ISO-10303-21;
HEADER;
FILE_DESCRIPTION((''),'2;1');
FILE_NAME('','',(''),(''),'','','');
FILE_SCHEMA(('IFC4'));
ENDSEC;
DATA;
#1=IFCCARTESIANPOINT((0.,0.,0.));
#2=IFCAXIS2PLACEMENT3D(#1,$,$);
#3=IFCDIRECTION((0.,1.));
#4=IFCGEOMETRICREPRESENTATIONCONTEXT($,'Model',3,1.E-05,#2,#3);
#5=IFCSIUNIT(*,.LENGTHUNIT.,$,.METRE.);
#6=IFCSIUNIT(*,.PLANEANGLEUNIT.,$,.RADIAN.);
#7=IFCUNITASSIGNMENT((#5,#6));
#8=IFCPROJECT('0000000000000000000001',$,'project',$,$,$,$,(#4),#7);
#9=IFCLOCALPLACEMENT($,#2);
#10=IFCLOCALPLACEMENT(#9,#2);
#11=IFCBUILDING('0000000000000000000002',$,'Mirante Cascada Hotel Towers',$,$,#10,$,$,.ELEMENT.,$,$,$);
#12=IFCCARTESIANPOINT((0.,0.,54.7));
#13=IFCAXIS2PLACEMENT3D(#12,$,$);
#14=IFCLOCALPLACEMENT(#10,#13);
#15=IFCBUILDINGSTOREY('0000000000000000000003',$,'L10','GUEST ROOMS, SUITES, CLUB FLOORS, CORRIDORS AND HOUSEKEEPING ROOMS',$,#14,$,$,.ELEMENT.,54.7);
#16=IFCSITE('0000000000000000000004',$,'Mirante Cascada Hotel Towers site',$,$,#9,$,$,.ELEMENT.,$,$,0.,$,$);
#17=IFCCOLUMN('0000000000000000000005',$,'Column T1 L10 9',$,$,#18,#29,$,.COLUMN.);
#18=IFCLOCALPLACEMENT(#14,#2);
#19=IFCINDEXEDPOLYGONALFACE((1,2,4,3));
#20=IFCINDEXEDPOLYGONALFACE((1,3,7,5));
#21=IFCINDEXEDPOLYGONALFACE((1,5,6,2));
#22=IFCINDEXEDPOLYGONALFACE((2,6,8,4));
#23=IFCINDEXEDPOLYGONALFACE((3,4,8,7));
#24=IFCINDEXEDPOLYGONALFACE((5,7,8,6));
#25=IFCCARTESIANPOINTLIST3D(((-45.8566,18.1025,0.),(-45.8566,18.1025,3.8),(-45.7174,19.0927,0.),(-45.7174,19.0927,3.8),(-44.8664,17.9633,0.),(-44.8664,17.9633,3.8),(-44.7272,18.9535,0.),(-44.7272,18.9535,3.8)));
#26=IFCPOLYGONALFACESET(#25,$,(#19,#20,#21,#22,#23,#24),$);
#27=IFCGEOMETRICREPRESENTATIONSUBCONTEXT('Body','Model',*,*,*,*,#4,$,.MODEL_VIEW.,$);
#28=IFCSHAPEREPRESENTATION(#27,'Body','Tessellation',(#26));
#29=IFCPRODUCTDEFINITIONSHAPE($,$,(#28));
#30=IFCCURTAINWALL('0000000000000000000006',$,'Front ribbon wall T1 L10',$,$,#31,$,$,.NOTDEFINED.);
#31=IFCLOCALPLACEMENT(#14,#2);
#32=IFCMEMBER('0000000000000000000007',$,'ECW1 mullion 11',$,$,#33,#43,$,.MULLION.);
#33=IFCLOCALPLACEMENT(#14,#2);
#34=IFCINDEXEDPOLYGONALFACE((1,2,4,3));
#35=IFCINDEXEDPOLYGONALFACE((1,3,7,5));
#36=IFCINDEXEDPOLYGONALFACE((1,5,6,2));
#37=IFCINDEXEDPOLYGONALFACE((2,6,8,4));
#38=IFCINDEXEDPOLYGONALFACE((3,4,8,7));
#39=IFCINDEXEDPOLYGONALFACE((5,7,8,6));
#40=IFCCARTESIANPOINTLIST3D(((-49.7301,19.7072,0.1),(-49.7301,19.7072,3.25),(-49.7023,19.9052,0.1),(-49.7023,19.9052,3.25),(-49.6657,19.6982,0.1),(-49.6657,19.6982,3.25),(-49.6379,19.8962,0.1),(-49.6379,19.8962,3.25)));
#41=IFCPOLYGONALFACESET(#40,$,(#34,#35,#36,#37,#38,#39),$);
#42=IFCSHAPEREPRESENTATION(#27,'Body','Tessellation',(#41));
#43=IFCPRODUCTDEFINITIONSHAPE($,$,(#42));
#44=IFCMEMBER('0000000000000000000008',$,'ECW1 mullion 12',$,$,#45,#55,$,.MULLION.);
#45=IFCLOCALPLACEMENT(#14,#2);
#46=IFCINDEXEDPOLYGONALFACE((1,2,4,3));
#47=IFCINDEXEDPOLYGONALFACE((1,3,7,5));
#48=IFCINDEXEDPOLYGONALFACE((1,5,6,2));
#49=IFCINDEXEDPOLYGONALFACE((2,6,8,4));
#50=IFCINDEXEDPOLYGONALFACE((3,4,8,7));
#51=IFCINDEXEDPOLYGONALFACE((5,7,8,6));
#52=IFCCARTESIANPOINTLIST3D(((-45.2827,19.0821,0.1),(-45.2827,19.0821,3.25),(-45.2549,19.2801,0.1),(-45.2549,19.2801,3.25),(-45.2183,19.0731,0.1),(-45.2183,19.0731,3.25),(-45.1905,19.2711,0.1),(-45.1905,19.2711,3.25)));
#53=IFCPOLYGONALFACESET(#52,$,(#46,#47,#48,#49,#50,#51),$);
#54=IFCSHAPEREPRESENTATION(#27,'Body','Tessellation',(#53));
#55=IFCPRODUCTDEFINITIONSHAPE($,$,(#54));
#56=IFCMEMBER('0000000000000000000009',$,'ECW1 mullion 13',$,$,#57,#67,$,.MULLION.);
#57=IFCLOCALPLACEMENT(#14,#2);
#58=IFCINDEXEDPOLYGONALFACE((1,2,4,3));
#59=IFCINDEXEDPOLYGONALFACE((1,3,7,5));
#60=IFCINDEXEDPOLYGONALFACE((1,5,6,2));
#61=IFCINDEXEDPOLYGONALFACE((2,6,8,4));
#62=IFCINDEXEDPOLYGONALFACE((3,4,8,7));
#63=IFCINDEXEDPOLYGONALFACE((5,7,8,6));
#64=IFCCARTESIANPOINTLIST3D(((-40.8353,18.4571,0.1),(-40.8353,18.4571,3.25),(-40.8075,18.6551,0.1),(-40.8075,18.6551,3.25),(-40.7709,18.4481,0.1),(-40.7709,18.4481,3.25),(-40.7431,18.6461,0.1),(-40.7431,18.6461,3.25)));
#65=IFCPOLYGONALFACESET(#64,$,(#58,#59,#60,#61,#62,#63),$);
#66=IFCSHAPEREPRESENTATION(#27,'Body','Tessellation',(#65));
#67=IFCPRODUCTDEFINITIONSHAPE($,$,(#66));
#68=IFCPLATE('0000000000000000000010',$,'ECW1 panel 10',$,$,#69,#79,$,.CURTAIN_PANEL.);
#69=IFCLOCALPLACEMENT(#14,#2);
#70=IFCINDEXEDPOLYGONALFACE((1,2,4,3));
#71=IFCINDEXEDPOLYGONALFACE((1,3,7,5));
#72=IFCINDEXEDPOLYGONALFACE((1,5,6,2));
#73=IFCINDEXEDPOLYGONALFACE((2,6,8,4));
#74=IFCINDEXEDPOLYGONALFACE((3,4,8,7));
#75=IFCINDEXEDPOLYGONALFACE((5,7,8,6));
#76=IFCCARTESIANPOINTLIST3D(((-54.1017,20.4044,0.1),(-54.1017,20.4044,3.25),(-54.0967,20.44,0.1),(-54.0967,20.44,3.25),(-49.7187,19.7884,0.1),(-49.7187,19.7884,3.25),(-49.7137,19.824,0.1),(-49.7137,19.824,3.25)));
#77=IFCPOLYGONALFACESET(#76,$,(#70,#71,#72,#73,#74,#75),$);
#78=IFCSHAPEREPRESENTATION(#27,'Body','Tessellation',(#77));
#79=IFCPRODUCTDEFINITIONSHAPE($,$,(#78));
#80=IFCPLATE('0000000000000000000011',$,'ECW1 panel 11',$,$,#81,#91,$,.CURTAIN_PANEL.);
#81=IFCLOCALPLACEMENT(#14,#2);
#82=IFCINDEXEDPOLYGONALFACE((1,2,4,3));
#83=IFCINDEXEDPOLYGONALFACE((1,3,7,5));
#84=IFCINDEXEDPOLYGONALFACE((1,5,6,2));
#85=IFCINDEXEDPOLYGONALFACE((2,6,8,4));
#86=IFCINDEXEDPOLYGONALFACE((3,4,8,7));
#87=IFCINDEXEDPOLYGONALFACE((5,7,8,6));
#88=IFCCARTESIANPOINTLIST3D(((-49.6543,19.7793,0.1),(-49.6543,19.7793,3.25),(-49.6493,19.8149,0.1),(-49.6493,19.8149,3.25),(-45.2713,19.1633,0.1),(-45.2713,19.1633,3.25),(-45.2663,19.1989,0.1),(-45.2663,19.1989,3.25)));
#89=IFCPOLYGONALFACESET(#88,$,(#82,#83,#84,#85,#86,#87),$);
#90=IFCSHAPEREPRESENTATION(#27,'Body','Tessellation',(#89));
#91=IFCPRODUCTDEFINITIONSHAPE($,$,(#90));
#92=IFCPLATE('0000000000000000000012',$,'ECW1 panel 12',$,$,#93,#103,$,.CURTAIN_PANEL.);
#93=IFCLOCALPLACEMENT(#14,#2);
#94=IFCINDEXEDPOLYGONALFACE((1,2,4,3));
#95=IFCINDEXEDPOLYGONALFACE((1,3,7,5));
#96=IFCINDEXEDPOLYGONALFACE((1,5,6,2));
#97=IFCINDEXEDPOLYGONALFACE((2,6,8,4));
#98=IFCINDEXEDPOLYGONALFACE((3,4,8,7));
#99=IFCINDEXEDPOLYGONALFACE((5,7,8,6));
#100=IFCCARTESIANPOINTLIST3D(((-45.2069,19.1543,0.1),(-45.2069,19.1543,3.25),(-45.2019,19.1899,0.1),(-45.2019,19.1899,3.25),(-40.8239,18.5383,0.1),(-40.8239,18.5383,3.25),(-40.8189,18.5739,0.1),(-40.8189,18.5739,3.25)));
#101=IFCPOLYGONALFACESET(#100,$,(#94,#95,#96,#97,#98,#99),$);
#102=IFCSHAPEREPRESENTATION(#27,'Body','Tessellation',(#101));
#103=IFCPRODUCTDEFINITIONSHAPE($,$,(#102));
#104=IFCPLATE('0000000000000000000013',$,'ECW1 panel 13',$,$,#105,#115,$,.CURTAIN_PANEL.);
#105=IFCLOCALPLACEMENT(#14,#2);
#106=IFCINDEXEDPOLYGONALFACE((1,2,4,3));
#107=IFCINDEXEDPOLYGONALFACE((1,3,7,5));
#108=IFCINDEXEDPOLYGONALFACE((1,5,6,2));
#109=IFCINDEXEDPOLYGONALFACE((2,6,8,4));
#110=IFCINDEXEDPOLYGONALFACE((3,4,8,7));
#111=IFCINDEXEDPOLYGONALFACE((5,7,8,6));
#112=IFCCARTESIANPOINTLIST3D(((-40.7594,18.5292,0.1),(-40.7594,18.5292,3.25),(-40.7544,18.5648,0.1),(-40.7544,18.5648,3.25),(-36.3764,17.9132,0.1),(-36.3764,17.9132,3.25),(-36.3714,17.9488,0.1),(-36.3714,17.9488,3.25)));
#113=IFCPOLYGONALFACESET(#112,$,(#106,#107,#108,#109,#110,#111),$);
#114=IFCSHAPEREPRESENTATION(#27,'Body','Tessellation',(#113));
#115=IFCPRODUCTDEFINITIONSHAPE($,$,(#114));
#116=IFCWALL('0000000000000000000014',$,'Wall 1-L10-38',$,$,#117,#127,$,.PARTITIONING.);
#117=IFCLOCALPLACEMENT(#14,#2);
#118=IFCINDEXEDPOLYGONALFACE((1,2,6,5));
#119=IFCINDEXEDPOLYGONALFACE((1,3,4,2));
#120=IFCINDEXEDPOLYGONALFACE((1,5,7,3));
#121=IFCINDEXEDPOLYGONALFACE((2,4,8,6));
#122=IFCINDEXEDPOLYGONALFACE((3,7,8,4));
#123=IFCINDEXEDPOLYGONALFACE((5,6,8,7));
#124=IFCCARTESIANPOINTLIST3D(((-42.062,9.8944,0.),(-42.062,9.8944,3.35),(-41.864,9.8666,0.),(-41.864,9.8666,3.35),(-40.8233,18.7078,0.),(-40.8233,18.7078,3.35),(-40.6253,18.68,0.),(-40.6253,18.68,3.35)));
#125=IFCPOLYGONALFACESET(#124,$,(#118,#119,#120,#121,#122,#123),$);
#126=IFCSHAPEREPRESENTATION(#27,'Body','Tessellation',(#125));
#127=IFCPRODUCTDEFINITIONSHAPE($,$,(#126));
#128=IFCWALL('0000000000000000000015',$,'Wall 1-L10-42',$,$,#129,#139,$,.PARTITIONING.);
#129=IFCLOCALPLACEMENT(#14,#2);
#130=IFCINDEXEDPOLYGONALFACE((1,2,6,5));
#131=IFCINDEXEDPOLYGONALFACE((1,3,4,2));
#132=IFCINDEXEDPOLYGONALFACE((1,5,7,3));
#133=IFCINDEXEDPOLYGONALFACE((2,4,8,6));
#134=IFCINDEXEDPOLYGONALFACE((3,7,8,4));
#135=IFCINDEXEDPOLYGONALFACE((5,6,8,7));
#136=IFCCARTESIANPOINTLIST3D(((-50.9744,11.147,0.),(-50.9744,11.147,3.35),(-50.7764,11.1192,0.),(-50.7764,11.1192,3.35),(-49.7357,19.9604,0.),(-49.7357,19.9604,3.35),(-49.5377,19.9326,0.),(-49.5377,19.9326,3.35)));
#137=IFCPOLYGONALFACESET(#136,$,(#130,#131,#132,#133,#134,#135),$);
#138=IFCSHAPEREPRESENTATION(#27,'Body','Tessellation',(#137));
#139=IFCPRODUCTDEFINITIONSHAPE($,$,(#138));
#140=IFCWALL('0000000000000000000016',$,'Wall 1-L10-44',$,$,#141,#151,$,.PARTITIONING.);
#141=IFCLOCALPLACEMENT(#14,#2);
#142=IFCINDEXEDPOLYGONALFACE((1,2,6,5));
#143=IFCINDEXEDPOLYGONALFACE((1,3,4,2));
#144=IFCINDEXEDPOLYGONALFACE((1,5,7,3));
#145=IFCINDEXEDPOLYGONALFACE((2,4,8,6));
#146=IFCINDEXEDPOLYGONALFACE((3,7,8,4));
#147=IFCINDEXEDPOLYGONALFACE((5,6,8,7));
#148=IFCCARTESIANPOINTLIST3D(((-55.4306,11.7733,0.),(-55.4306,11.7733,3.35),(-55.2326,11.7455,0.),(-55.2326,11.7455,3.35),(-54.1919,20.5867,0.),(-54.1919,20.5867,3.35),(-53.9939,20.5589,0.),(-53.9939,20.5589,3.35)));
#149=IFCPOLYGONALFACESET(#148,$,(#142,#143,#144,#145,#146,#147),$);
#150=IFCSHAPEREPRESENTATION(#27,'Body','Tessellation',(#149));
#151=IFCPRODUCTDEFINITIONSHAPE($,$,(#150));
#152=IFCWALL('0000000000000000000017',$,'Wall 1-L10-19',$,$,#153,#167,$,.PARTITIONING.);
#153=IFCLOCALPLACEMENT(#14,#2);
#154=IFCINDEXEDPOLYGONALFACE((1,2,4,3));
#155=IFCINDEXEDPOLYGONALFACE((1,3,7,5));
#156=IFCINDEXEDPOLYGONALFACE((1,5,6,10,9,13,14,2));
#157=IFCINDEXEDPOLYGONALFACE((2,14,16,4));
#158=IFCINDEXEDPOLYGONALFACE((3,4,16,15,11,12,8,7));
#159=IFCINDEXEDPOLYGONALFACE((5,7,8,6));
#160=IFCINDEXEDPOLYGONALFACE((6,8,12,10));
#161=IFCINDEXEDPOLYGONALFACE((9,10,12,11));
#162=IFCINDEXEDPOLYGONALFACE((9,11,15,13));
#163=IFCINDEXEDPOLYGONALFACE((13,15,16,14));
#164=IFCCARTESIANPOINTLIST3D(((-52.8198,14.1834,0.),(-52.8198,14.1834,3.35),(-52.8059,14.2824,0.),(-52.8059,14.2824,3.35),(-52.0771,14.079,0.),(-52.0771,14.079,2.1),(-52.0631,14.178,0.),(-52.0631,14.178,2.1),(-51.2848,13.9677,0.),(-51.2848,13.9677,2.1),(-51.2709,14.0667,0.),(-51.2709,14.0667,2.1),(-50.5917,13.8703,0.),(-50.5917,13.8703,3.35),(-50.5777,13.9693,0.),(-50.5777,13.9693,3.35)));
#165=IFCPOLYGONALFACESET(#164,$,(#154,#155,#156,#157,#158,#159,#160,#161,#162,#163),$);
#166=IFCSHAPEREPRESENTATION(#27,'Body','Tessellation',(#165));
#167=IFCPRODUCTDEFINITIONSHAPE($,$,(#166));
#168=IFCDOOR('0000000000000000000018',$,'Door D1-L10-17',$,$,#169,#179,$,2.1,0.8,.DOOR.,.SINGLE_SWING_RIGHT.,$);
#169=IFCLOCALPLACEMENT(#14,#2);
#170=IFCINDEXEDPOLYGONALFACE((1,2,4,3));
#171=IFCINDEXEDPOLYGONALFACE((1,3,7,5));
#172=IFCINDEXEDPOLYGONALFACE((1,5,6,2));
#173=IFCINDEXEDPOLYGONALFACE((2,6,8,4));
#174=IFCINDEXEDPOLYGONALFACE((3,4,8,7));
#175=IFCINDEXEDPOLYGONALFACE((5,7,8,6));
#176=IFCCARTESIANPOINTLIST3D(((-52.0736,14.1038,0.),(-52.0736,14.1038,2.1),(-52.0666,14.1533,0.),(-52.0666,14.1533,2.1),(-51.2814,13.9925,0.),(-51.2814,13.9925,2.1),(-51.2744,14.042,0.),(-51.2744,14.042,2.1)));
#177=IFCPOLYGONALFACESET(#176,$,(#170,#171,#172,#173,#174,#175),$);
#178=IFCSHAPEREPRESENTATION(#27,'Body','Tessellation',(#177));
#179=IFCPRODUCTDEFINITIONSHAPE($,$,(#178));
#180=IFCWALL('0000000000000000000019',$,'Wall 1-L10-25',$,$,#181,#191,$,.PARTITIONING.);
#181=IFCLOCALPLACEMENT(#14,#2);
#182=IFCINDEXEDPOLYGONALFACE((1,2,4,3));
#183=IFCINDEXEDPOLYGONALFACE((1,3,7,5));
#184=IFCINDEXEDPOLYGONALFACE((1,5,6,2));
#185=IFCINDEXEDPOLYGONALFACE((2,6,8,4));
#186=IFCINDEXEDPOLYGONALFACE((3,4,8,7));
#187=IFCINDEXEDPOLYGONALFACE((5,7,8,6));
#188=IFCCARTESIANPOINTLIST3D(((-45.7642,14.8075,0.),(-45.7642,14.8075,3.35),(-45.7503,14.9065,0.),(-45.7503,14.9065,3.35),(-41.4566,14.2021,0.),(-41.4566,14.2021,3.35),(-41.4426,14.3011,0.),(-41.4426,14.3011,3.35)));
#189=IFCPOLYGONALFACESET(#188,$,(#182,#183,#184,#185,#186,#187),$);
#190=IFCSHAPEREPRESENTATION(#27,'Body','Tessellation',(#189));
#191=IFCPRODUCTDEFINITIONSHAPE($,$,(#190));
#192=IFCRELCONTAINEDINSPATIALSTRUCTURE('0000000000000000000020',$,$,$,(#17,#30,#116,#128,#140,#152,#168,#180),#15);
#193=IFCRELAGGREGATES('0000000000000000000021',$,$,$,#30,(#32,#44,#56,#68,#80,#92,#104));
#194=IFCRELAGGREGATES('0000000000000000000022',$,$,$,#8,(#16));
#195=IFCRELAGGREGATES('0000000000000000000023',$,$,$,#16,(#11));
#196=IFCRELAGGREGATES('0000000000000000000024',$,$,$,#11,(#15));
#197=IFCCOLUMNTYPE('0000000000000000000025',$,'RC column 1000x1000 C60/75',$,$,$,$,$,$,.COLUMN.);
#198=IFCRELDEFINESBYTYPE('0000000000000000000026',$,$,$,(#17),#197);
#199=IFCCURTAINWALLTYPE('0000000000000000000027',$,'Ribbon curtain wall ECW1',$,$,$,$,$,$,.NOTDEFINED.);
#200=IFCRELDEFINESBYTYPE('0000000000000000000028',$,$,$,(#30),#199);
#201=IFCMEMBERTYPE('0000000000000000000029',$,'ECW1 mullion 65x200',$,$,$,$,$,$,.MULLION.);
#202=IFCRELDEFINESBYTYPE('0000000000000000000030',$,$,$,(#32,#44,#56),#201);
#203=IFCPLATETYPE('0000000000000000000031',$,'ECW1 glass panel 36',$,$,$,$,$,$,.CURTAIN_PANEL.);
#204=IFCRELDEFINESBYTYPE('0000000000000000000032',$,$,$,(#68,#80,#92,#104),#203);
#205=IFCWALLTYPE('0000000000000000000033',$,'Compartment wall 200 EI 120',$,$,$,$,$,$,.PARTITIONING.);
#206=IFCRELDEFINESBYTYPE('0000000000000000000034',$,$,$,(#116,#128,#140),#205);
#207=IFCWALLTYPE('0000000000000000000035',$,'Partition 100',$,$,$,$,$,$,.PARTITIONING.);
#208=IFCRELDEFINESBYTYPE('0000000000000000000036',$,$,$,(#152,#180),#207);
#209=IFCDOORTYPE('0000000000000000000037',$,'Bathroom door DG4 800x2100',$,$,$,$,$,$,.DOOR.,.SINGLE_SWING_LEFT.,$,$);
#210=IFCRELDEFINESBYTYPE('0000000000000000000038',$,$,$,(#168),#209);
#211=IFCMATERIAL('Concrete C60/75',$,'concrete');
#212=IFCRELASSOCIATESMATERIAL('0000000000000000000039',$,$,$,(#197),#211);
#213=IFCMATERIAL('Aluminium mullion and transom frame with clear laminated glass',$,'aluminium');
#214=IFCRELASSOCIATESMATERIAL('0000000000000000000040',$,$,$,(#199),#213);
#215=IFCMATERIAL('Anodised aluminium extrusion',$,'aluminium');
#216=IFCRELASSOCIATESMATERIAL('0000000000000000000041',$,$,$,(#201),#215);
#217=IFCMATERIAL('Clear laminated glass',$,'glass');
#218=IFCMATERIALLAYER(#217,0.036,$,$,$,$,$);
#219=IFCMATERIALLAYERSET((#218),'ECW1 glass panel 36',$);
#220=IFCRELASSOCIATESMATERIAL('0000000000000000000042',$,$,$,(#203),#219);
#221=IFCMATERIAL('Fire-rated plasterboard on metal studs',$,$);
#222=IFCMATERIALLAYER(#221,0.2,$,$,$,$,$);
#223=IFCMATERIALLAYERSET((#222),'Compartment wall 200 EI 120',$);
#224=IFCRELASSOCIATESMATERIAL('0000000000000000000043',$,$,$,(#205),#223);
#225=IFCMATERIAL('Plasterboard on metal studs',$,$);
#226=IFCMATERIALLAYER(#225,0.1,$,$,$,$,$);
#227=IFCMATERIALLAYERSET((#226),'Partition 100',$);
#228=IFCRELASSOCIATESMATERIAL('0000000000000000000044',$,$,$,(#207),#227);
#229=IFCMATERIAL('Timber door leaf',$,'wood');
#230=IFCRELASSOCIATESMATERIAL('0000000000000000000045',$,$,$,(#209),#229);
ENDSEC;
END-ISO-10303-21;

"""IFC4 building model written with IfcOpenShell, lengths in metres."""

from ifc_helpers import new_model, si_unit, direction, frame, frame_2d, origin, origin_2d, place, context, subcontext, project, spatial, rectangle, extrude, material, layer, layer_set, material_profile, profile_set, type_object, element, fill, aggregate, save


model = new_model("IFC4")

# Units and contexts
model_context = context("Model", 3, precision=1e-05, world=origin(), true_north=direction((0.0, 1.0)))
body_context = subcontext(model_context, "Body", "Model", "MODEL_VIEW")
ifc_project = project(units=[si_unit("LENGTHUNIT", "METRE"), si_unit("PLANEANGLEUNIT", "RADIAN")], contexts=[model_context])

# Site, building, storey
site_placement = place(None, origin())
site = spatial("IfcSite", under=ifc_project, at=site_placement, Name="Mirante Cascada Hotel Towers site", CompositionType="ELEMENT", RefElevation=0.0)
building_placement = place(site_placement, origin())
building = spatial("IfcBuilding", under=site, at=building_placement, Name="Mirante Cascada Hotel Towers", CompositionType="ELEMENT")
storey_placement = place(building_placement, frame((0.0, 0.0, 54.7)))
storey = spatial("IfcBuildingStorey", under=building, at=storey_placement, Name="L10", Description="GUEST ROOMS, SUITES, CLUB FLOORS, CORRIDORS AND HOUSEKEEPING ROOMS", CompositionType="ELEMENT", Elevation=54.7)

# Column
ifc_material_1 = material(Name="Concrete C60/75", Category="concrete")
ifc_material_profile_1 = material_profile(ifc_material_1, rectangle(XDim=1.0, YDim=1.0, at=origin_2d()), Name="RC column 1000x1000 C60/75")
ifc_profile_set_1 = profile_set([ifc_material_profile_1], Name="Concrete C60/75")
column_type = type_object("IfcColumnType", Name="RC column 1000x1000 C60/75", PredefinedType="COLUMN", material=ifc_profile_set_1)
column_placement = place(storey_placement, frame((-45.2919, 18.528, 0.0), z_axis=(0.0, 0.0, 1.0), x_axis=(-0.990268, 0.139173, 0.0)))
element("IfcColumn", 1, at=column_placement, inside=storey, type_object=column_type, Name="Column T1 L10 9", PredefinedType="COLUMN", context=body_context, shape_type="SweptSolid", body=[
    extrude(rectangle(XDim=1.0, YDim=1.0, at=origin_2d()), origin(), (0.0, 0.0, 1.0), 3.8),
])

# Curtain wall, members, plates
ifc_material_2 = material(Name="Aluminium mullion and transom frame with clear laminated glass", Category="aluminium")
curtain_wall_type = type_object("IfcCurtainWallType", Name="Ribbon curtain wall ECW1", PredefinedType="NOTDEFINED", material=ifc_material_2)
curtain_wall_placement = place(storey_placement, origin())
curtain_wall = element("IfcCurtainWall", 2, at=curtain_wall_placement, inside=storey, type_object=curtain_wall_type, Name="Front ribbon wall T1 L10", PredefinedType="NOTDEFINED")
ifc_material_3 = material(Name="Anodised aluminium extrusion", Category="aluminium")
ifc_material_profile_2 = material_profile(ifc_material_3, rectangle(XDim=0.2, YDim=0.065, at=origin_2d()), Name="ECW1 MULLION 65x200")
ifc_profile_set_2 = profile_set([ifc_material_profile_2], Name="Anodised aluminium extrusion")
member_type = type_object("IfcMemberType", Name="ECW1 mullion 65x200", PredefinedType="MULLION", material=ifc_profile_set_2)
member_1_placement = place(storey_placement, frame((-49.684, 19.8017, 0.1), z_axis=(0.0, 0.0, 1.0), x_axis=(0.139173, 0.990268, 0.0)))
member_1 = element("IfcMember", 3, at=member_1_placement, type_object=member_type, Name="ECW1 mullion 11", PredefinedType="MULLION", context=body_context, shape_type="SweptSolid", body=[
    extrude(rectangle(XDim=0.2, YDim=0.065, at=origin_2d()), origin(), (0.0, 0.0, 1.0), 3.15),
])
member_2_placement = place(storey_placement, frame((-45.2366, 19.1766, 0.1), z_axis=(0.0, 0.0, 1.0), x_axis=(0.139173, 0.990268, 0.0)))
member_2 = element("IfcMember", 4, at=member_2_placement, type_object=member_type, Name="ECW1 mullion 12", PredefinedType="MULLION", context=body_context, shape_type="SweptSolid", body=[
    extrude(rectangle(XDim=0.2, YDim=0.065, at=origin_2d()), origin(), (0.0, 0.0, 1.0), 3.15),
])
member_3_placement = place(storey_placement, frame((-40.7892, 18.5516, 0.1), z_axis=(0.0, 0.0, 1.0), x_axis=(0.139173, 0.990268, 0.0)))
member_3 = element("IfcMember", 5, at=member_3_placement, type_object=member_type, Name="ECW1 mullion 13", PredefinedType="MULLION", context=body_context, shape_type="SweptSolid", body=[
    extrude(rectangle(XDim=0.2, YDim=0.065, at=origin_2d()), origin(), (0.0, 0.0, 1.0), 3.15),
])
ifc_material_4 = material(Name="Clear laminated glass", Category="glass")
ifc_layer_1 = layer(ifc_material_4, 0.036)
ifc_layer_set_1 = layer_set([ifc_layer_1], Name="ECW1 glass panel 36")
plate_type = type_object("IfcPlateType", Name="ECW1 glass panel 36", PredefinedType="CURTAIN_PANEL", material=ifc_layer_set_1)
plate_1_placement = place(storey_placement, frame((-51.9077, 20.1142, 0.1), z_axis=(0.0, 0.0, 1.0), x_axis=(0.990268, -0.139173, 0.0)))
plate_1 = element("IfcPlate", 6, at=plate_1_placement, type_object=plate_type, Name="ECW1 panel 10", PredefinedType="CURTAIN_PANEL", context=body_context, shape_type="SweptSolid", body=[
    extrude(rectangle(XDim=4.4261, YDim=0.036, at=origin_2d()), origin(), (0.0, 0.0, 1.0), 3.15),
])
plate_2_placement = place(storey_placement, frame((-47.4603, 19.4891, 0.1), z_axis=(0.0, 0.0, 1.0), x_axis=(0.990268, -0.139173, 0.0)))
plate_2 = element("IfcPlate", 7, at=plate_2_placement, type_object=plate_type, Name="ECW1 panel 11", PredefinedType="CURTAIN_PANEL", context=body_context, shape_type="SweptSolid", body=[
    extrude(rectangle(XDim=4.4261, YDim=0.036, at=origin_2d()), origin(), (0.0, 0.0, 1.0), 3.15),
])
plate_3_placement = place(storey_placement, frame((-43.0129, 18.8641, 0.1), z_axis=(0.0, 0.0, 1.0), x_axis=(0.990268, -0.139173, 0.0)))
plate_3 = element("IfcPlate", 8, at=plate_3_placement, type_object=plate_type, Name="ECW1 panel 12", PredefinedType="CURTAIN_PANEL", context=body_context, shape_type="SweptSolid", body=[
    extrude(rectangle(XDim=4.4261, YDim=0.036, at=origin_2d()), origin(), (0.0, 0.0, 1.0), 3.15),
])
plate_4_placement = place(storey_placement, frame((-38.5654, 18.239, 0.1), z_axis=(0.0, 0.0, 1.0), x_axis=(0.990268, -0.139173, 0.0)))
plate_4 = element("IfcPlate", 9, at=plate_4_placement, type_object=plate_type, Name="ECW1 panel 13", PredefinedType="CURTAIN_PANEL", context=body_context, shape_type="SweptSolid", body=[
    extrude(rectangle(XDim=4.4261, YDim=0.036, at=origin_2d()), origin(), (0.0, 0.0, 1.0), 3.15),
])
aggregate(curtain_wall, [member_1, member_2, member_3, plate_1, plate_2, plate_3, plate_4])

# Walls
ifc_material_5 = material(Name="Fire-rated plasterboard on metal studs")
ifc_layer_2 = layer(ifc_material_5, 0.2)
ifc_layer_set_2 = layer_set([ifc_layer_2], Name="Compartment wall 200 EI 120")
wall_type_1 = type_object("IfcWallType", Name="Compartment wall 200 EI 120", PredefinedType="PARTITIONING", material=ifc_layer_set_2)
for number, where, z_axis, x_axis, name in (
    (10, (-40.7243, 18.6939, 0.0), (0.0, 0.0, 1.0), (-0.139179, -0.990267, 0.0), "Wall 1-L10-38"),
    (11, (-49.6367, 19.9465, 0.0), (0.0, 0.0, 1.0), (-0.139179, -0.990267, 0.0), "Wall 1-L10-42"),
    (12, (-54.0929, 20.5728, 0.0), (0.0, 0.0, 1.0), (-0.139179, -0.990267, 0.0), "Wall 1-L10-44"),
):
    element("IfcWall", number, at=place(storey_placement, frame(where, z_axis=z_axis, x_axis=x_axis)), inside=storey, type_object=wall_type_1, Name=name, PredefinedType="PARTITIONING", context=body_context, shape_type="SweptSolid", body=[
        extrude(rectangle(XDim=8.9, YDim=0.2, at=frame_2d((4.45, 0.0))), origin(), (0.0, 0.0, 1.0), 3.35),
    ])

# Wall, opening, door
ifc_material_6 = material(Name="Plasterboard on metal studs")
ifc_layer_3 = layer(ifc_material_6, 0.1)
ifc_layer_set_3 = layer_set([ifc_layer_3], Name="Partition 100")
wall_type_2 = type_object("IfcWallType", Name="Partition 100", PredefinedType="PARTITIONING", material=ifc_layer_set_3)
wall_1_placement = place(storey_placement, frame((-50.5847, 13.9198, 0.0), z_axis=(0.0, 0.0, 1.0), x_axis=(-0.990271, 0.139156, 0.0)))
wall_1 = element("IfcWall", 13, at=wall_1_placement, inside=storey, type_object=wall_type_2, Name="Wall 1-L10-19", PredefinedType="PARTITIONING", context=body_context, shape_type="SweptSolid", body=[
    extrude(rectangle(XDim=2.25, YDim=0.1, at=frame_2d((1.125, 0.0))), origin(), (0.0, 0.0, 1.0), 3.35),
])
opening_1_placement = place(wall_1_placement, frame((0.7, 0.0, 0.0)))
opening_1 = element("IfcOpeningElement", 14, at=opening_1_placement, cuts=wall_1, PredefinedType="OPENING", context=body_context, shape_type="SweptSolid", body=[
    extrude(rectangle(XDim=0.8, YDim=2.1, at=frame_2d((0.4, 1.05))), frame((0.0, 0.05, 0.0), z_axis=(0.0, -1.0, 0.0), x_axis=(1.0, 0.0, 0.0)), (0.0, 0.0, 1.0), 0.1),
])
ifc_material_7 = material(Name="Timber door leaf", Category="wood")
door_type = type_object("IfcDoorType", Name="Bathroom door DG4 800x2100", OperationType="SINGLE_SWING_LEFT", PredefinedType="DOOR", material=ifc_material_7)
door_1_placement = place(opening_1_placement, frame((0.8, 0.0, 0.0), z_axis=(0.0, 0.0, 1.0), x_axis=(-1.0, 0.0, 0.0)))
door_1 = element("IfcDoor", 15, at=door_1_placement, inside=storey, type_object=door_type, Name="Door D1-L10-17", OperationType="SINGLE_SWING_RIGHT", OverallHeight=2.1, OverallWidth=0.8, PredefinedType="DOOR", context=body_context, shape_type="SweptSolid", body=[
    extrude(rectangle(XDim=0.8, YDim=2.1, at=frame_2d((0.4, 1.05))), frame((0.0, 0.025, 0.0), z_axis=(0.0, -1.0, 0.0), x_axis=(1.0, 0.0, 0.0)), (0.0, 0.0, 1.0), 0.05),
])
fill(opening_1, door_1)

# Wall
wall_2_placement = place(storey_placement, frame((-41.4496, 14.2516, 0.0), z_axis=(0.0, 0.0, 1.0), x_axis=(-0.990268, 0.139171, 0.0)))
element("IfcWall", 16, at=wall_2_placement, inside=storey, type_object=wall_type_2, Name="Wall 1-L10-25", PredefinedType="PARTITIONING", context=body_context, shape_type="SweptSolid", body=[
    extrude(rectangle(XDim=4.35, YDim=0.1, at=frame_2d((2.175, 0.0))), origin(), (0.0, 0.0, 1.0), 3.35),
])

save(model, "model.ifc")
